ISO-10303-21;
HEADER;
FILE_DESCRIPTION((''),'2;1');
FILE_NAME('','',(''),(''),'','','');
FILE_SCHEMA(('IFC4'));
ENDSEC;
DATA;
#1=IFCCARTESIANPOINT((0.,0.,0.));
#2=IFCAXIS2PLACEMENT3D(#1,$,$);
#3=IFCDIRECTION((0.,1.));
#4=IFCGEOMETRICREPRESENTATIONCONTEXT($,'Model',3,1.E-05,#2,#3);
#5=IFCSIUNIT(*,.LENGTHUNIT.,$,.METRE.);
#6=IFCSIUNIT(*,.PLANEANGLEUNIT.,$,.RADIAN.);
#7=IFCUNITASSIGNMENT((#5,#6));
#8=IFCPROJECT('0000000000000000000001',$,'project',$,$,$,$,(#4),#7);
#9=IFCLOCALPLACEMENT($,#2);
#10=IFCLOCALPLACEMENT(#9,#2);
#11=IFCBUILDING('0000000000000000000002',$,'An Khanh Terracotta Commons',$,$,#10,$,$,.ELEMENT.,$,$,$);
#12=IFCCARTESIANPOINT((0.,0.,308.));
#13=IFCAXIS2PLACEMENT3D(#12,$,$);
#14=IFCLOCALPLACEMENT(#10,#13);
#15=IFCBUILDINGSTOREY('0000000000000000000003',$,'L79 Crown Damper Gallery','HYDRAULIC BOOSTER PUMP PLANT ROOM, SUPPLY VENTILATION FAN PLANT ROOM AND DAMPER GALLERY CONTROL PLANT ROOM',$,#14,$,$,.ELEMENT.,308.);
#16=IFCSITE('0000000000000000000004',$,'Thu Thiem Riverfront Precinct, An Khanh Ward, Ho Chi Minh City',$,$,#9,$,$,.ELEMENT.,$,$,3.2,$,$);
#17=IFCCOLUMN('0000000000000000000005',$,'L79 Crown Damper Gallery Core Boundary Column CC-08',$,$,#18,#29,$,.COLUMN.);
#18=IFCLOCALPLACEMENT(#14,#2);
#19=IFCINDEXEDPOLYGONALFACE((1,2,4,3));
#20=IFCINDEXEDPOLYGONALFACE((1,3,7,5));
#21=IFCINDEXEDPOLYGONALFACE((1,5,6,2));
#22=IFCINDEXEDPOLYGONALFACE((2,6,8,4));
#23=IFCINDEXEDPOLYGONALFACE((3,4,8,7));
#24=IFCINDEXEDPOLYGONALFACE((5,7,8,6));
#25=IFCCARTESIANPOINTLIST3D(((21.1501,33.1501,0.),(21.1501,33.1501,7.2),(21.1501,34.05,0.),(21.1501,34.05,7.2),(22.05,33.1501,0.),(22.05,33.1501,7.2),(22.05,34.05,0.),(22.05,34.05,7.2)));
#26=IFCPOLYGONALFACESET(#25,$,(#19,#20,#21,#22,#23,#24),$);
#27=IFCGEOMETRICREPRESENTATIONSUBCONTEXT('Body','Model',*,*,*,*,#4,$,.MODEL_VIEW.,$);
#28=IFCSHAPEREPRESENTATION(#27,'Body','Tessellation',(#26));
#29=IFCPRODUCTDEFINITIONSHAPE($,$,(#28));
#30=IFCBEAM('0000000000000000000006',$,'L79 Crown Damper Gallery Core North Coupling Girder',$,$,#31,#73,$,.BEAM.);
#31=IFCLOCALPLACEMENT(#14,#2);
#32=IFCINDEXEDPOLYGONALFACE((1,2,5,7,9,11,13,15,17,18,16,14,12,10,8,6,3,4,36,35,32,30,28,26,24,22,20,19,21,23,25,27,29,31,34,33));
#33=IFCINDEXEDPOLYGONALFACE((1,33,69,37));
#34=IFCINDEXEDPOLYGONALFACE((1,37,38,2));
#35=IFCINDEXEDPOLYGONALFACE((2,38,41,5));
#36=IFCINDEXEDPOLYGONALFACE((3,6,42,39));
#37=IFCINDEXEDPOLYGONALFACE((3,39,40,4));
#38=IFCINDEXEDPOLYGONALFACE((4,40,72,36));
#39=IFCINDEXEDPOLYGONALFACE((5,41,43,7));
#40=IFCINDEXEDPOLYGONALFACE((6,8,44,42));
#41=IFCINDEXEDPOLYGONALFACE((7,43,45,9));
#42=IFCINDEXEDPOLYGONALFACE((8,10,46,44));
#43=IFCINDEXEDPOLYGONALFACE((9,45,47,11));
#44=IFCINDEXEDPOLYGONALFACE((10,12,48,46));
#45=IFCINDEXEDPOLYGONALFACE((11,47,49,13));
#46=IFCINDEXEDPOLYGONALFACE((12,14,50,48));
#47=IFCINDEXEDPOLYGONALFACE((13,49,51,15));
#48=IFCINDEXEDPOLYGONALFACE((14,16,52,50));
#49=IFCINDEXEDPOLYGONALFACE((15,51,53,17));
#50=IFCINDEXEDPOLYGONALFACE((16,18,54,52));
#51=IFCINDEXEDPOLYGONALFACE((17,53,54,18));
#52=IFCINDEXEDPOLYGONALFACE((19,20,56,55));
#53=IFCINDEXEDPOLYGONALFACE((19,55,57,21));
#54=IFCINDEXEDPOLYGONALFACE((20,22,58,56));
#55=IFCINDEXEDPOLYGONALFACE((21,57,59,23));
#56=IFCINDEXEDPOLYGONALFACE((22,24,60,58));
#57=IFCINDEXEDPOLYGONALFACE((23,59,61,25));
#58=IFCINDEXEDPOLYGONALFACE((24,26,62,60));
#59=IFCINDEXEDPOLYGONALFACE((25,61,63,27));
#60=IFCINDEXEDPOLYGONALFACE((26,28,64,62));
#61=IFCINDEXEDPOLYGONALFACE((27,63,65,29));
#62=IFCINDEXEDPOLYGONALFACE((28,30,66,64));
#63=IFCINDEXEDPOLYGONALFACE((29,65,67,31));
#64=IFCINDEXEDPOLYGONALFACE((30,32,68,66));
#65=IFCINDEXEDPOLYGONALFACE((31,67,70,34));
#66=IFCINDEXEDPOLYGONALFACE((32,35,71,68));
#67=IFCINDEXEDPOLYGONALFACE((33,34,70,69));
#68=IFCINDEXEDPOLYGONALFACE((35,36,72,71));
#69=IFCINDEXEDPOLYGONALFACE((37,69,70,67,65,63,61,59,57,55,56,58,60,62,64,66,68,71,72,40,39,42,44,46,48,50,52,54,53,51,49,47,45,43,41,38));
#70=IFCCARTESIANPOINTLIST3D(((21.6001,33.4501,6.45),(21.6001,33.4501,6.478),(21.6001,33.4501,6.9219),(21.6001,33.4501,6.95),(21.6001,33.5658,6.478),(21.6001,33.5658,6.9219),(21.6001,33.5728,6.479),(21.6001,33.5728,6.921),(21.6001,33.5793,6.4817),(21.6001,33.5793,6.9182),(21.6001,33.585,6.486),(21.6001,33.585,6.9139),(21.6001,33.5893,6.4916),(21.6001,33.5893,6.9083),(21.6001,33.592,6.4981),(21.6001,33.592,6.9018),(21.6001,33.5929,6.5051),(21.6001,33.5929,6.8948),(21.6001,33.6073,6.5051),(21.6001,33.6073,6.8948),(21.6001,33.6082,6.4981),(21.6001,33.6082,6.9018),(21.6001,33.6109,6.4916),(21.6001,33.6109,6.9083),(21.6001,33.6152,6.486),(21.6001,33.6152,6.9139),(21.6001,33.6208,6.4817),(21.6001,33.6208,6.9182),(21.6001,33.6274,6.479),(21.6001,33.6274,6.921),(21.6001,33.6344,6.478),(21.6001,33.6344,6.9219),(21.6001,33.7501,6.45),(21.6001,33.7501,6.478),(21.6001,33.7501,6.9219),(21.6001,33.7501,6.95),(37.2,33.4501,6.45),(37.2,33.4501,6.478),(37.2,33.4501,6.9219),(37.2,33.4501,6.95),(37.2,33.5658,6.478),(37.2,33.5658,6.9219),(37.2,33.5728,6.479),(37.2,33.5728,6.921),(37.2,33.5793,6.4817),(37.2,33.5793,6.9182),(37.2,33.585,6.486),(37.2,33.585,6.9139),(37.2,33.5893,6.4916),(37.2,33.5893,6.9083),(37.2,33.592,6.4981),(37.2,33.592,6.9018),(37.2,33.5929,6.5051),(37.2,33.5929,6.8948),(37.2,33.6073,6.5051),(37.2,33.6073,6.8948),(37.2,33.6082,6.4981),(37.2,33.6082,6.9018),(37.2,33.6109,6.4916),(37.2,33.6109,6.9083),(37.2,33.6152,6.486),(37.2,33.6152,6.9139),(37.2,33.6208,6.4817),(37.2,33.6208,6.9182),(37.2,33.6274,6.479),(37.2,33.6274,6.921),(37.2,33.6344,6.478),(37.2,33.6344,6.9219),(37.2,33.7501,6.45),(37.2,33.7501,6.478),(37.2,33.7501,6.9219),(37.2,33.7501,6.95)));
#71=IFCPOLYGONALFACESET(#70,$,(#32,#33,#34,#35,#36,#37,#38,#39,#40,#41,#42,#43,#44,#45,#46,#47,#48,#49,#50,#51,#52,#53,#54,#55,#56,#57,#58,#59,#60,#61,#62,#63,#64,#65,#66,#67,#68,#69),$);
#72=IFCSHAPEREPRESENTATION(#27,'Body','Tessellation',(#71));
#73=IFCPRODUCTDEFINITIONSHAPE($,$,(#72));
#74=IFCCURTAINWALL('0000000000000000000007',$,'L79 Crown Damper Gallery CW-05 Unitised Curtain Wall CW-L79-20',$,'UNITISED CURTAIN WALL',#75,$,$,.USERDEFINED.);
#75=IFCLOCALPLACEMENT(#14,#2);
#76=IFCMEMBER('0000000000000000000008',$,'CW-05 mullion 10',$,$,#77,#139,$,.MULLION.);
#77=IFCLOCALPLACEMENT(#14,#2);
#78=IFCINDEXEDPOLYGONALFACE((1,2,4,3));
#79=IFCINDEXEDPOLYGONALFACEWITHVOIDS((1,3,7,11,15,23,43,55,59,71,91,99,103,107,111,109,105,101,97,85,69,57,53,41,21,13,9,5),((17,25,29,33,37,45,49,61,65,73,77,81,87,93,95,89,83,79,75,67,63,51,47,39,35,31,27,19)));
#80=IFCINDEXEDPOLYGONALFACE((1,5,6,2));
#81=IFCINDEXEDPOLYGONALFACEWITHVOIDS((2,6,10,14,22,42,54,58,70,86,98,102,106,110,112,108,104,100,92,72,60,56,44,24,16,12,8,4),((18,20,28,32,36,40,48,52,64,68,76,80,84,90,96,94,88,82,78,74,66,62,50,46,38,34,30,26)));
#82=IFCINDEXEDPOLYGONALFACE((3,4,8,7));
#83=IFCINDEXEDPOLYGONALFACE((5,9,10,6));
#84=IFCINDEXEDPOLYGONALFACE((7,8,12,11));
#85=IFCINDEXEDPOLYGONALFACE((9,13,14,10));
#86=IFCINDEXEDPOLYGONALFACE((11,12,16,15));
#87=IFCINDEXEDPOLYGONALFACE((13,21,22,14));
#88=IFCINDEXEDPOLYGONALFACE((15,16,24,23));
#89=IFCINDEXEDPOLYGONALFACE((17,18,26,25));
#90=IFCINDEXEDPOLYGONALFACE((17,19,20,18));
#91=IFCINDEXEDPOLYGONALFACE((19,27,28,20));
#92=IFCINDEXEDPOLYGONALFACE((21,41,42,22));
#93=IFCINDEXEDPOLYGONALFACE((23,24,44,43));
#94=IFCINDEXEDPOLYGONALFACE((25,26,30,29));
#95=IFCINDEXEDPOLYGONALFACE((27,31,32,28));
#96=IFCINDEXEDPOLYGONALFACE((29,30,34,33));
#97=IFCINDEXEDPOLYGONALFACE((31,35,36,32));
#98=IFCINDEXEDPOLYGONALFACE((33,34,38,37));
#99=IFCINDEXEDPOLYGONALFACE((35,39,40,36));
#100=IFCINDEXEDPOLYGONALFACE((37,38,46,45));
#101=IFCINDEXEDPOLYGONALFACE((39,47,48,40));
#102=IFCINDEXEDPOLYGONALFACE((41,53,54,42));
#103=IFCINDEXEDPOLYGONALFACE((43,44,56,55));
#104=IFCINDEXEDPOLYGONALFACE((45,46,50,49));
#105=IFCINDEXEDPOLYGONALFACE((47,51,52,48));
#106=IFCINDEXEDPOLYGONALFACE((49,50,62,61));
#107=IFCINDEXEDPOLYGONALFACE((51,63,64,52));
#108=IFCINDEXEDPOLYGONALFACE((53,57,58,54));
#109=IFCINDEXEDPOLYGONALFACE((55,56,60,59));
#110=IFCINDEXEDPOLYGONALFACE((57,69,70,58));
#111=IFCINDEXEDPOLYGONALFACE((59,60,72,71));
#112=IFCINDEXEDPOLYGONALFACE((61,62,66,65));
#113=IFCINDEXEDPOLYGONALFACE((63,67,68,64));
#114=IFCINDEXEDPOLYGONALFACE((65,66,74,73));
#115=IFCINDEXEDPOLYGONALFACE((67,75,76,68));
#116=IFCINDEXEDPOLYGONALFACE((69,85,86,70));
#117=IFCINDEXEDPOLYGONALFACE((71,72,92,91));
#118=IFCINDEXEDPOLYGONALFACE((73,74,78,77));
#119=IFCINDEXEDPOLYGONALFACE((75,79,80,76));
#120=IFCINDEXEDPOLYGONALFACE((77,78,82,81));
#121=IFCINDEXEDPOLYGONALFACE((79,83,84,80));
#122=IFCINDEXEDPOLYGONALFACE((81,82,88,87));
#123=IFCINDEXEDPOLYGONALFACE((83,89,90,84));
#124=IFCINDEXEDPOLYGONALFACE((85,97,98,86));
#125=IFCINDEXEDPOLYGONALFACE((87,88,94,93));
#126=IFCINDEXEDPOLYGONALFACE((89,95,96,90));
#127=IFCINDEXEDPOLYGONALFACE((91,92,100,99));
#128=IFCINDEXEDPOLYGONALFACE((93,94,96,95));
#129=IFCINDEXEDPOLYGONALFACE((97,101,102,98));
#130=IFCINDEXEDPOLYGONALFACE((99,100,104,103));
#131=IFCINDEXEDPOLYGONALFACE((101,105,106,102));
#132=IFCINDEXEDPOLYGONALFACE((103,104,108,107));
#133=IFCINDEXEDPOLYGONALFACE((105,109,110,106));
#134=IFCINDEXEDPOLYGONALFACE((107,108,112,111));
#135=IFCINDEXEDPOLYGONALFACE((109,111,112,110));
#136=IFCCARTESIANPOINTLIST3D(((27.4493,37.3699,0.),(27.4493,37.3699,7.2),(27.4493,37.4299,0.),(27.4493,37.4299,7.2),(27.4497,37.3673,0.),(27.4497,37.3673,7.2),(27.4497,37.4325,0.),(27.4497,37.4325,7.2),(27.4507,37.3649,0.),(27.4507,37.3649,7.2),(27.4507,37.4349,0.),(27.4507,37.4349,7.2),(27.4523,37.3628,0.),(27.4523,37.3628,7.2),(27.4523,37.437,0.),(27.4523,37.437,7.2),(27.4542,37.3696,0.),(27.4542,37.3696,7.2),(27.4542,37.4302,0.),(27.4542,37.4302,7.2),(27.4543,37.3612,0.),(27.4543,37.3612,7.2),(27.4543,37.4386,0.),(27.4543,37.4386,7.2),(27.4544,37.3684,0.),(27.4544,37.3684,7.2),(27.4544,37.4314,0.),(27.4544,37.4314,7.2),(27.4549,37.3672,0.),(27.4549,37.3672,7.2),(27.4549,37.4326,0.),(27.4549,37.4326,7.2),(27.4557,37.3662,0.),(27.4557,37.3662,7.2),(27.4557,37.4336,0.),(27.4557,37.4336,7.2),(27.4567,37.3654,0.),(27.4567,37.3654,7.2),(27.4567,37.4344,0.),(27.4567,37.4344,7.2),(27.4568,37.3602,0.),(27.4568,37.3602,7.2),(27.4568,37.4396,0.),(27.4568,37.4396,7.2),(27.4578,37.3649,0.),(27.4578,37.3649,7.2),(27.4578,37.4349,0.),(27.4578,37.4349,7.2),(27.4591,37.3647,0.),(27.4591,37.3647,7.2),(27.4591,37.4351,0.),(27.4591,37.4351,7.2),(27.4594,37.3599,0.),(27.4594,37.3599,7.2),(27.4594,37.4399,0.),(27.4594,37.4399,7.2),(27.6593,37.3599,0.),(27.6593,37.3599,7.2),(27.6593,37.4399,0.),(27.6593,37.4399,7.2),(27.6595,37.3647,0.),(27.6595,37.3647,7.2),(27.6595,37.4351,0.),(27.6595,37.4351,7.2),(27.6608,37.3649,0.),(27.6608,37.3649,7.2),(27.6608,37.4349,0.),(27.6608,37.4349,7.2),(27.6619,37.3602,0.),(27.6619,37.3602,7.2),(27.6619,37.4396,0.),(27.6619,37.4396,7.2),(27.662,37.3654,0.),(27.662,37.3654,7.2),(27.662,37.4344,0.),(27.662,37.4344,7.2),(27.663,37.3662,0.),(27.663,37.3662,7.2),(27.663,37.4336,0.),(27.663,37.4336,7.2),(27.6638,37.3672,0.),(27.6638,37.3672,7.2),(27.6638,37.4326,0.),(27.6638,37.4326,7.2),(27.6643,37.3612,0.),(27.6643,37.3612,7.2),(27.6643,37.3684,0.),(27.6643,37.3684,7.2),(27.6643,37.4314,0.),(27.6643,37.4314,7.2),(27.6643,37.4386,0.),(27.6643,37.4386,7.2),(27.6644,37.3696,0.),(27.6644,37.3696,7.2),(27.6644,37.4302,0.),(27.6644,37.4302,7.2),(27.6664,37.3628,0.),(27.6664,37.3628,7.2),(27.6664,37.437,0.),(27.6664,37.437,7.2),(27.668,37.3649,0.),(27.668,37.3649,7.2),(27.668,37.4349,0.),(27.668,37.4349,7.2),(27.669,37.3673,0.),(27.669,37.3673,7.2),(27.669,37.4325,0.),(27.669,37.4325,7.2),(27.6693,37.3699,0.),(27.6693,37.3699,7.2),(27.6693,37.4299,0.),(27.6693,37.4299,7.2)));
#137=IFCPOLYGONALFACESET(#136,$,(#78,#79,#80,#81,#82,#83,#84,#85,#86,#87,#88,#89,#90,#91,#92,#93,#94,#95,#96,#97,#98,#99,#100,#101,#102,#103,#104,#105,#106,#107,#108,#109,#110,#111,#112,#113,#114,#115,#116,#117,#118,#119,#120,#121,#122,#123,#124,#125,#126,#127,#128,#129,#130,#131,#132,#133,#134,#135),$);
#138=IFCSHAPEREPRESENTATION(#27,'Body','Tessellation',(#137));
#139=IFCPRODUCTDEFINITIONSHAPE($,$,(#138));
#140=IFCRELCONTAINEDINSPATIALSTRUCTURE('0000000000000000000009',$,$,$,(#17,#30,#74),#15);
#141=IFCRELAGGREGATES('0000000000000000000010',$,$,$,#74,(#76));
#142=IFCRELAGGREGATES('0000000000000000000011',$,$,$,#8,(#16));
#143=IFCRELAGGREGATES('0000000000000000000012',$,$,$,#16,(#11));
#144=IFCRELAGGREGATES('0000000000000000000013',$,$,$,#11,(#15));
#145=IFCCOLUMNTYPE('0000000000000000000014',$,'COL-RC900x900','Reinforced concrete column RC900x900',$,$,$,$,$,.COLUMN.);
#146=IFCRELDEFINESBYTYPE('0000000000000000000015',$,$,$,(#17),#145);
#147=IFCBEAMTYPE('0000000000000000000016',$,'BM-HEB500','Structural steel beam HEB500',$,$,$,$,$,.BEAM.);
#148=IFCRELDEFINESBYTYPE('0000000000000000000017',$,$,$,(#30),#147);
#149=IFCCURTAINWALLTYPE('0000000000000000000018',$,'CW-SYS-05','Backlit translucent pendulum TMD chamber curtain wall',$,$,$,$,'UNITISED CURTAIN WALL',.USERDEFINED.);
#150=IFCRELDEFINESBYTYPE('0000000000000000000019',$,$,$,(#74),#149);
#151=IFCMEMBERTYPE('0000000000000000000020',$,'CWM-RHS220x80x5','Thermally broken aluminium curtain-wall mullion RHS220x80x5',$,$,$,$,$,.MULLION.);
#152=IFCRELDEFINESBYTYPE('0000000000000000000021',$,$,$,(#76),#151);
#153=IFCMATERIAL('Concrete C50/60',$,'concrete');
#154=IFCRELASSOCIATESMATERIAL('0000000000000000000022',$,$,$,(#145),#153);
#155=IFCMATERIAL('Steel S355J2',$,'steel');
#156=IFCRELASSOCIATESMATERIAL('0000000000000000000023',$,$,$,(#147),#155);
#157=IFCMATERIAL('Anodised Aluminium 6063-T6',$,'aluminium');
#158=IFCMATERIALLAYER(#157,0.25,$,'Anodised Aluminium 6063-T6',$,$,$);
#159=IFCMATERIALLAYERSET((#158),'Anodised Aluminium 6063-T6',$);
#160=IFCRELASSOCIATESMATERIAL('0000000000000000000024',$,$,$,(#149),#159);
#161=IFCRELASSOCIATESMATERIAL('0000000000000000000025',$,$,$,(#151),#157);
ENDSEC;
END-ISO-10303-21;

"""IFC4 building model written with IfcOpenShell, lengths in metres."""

from ifc_helpers import new_model, si_unit, direction, frame, origin, origin_2d, place, context, subcontext, project, spatial, rectangle, hollow_rectangle, i_section, extrude, material, layer, layer_set, material_profile, profile_set, type_object, element, aggregate, save


model = new_model("IFC4")

# Units and contexts
model_context = context("Model", 3, precision=1e-05, world=origin(), true_north=direction((0.0, 1.0)))
body_context = subcontext(model_context, "Body", "Model", "MODEL_VIEW")
ifc_project = project(units=[si_unit("LENGTHUNIT", "METRE"), si_unit("PLANEANGLEUNIT", "RADIAN")], contexts=[model_context])

# Site, building, storey
site_placement = place(None, origin())
site = spatial("IfcSite", under=ifc_project, at=site_placement, Name="Thu Thiem Riverfront Precinct, An Khanh Ward, Ho Chi Minh City", CompositionType="ELEMENT", RefElevation=3.2)
building_placement = place(site_placement, origin())
building = spatial("IfcBuilding", under=site, at=building_placement, Name="An Khanh Terracotta Commons", CompositionType="ELEMENT")
storey_placement = place(building_placement, frame((0.0, 0.0, 308.0)))
storey = spatial("IfcBuildingStorey", under=building, at=storey_placement, Name="L79 Crown Damper Gallery", Description="HYDRAULIC BOOSTER PUMP PLANT ROOM, SUPPLY VENTILATION FAN PLANT ROOM AND DAMPER GALLERY CONTROL PLANT ROOM", CompositionType="ELEMENT", Elevation=308.0)

# Column
ifc_material_1 = material(Name="Concrete C50/60", Category="concrete")
ifc_material_profile_1 = material_profile(ifc_material_1, rectangle(XDim=0.8999, YDim=0.8999, at=origin_2d()), Name="RC900x900")
ifc_profile_set_1 = profile_set([ifc_material_profile_1], Name="Concrete C50/60")
column_type = type_object("IfcColumnType", Name="COL-RC900x900", Description="Reinforced concrete column RC900x900", PredefinedType="COLUMN", material=ifc_profile_set_1)
column_placement = place(storey_placement, frame((21.6001, 33.6001, 0.0), z_axis=(0.0, 0.0, 1.0), x_axis=(1.0, 0.0, 0.0)))
element("IfcColumn", 1, at=column_placement, inside=storey, type_object=column_type, Name="L79 Crown Damper Gallery Core Boundary Column CC-08", PredefinedType="COLUMN", context=body_context, shape_type="SweptSolid", body=[
    extrude(rectangle(XDim=0.8999, YDim=0.8999, at=origin_2d()), origin(), (0.0, 0.0, 1.0), 7.2),
])

# Beam
ifc_material_2 = material(Name="Steel S355J2", Category="steel")
ifc_material_profile_2 = material_profile(ifc_material_2, i_section(OverallWidth=0.3, OverallDepth=0.5, WebThickness=0.0144, FlangeThickness=0.0281, FilletRadius=0.0271, at=origin_2d()), Name="HEB500")
ifc_profile_set_2 = profile_set([ifc_material_profile_2], Name="Steel S355J2")
beam_type = type_object("IfcBeamType", Name="BM-HEB500", Description="Structural steel beam HEB500", PredefinedType="BEAM", material=ifc_profile_set_2)
beam_placement = place(storey_placement, frame((21.6001, 33.6001, 6.7), z_axis=(1.0, 0.0, 0.0), x_axis=(0.0, 1.0, 0.0)))
element("IfcBeam", 2, at=beam_placement, inside=storey, type_object=beam_type, Name="L79 Crown Damper Gallery Core North Coupling Girder", PredefinedType="BEAM", context=body_context, shape_type="SweptSolid", body=[
    extrude(i_section(OverallWidth=0.3, OverallDepth=0.5, WebThickness=0.0144, FlangeThickness=0.0281, FilletRadius=0.0271, at=origin_2d()), origin(), (0.0, 0.0, 1.0), 15.5999),
])

# Curtain wall, member
ifc_material_3 = material(Name="Anodised Aluminium 6063-T6", Category="aluminium")
ifc_layer_1 = layer(ifc_material_3, 0.25, Name="Anodised Aluminium 6063-T6")
ifc_layer_set_1 = layer_set([ifc_layer_1], Name="Anodised Aluminium 6063-T6")
curtain_wall_type = type_object("IfcCurtainWallType", Name="CW-SYS-05", Description="Backlit translucent pendulum TMD chamber curtain wall", ElementType="UNITISED CURTAIN WALL", PredefinedType="USERDEFINED", material=ifc_layer_set_1)
curtain_wall_1_placement = place(storey_placement, origin())
curtain_wall_1 = element("IfcCurtainWall", 3, at=curtain_wall_1_placement, inside=storey, type_object=curtain_wall_type, Name="L79 Crown Damper Gallery CW-05 Unitised Curtain Wall CW-L79-20", ObjectType="UNITISED CURTAIN WALL", PredefinedType="USERDEFINED")
ifc_material_profile_3 = material_profile(ifc_material_3, hollow_rectangle(XDim=0.0801, YDim=0.22, WallThickness=0.0049, InnerFilletRadius=0.0049, OuterFilletRadius=0.01, at=origin_2d()), Name="RHS220x80x5")
ifc_profile_set_3 = profile_set([ifc_material_profile_3], Name="Anodised Aluminium 6063-T6")
member_type_1 = type_object("IfcMemberType", Name="CWM-RHS220x80x5", Description="Thermally broken aluminium curtain-wall mullion RHS220x80x5", PredefinedType="MULLION", material=ifc_profile_set_3)
member_1_placement = place(storey_placement, frame((27.5593, 37.3999, 0.0), z_axis=(0.0, 0.0, 1.0), x_axis=(0.0, -1.0, 0.0)))
member_1 = element("IfcMember", 4, at=member_1_placement, type_object=member_type_1, Name="CW-05 mullion 10", PredefinedType="MULLION", context=body_context, shape_type="SweptSolid", body=[
    extrude(hollow_rectangle(XDim=0.0801, YDim=0.22, WallThickness=0.0049, InnerFilletRadius=0.0049, OuterFilletRadius=0.01, at=origin_2d()), origin(), (0.0, 0.0, 1.0), 7.2),
])

aggregate(curtain_wall_1, [member_1])

save(model, "model.ifc")
